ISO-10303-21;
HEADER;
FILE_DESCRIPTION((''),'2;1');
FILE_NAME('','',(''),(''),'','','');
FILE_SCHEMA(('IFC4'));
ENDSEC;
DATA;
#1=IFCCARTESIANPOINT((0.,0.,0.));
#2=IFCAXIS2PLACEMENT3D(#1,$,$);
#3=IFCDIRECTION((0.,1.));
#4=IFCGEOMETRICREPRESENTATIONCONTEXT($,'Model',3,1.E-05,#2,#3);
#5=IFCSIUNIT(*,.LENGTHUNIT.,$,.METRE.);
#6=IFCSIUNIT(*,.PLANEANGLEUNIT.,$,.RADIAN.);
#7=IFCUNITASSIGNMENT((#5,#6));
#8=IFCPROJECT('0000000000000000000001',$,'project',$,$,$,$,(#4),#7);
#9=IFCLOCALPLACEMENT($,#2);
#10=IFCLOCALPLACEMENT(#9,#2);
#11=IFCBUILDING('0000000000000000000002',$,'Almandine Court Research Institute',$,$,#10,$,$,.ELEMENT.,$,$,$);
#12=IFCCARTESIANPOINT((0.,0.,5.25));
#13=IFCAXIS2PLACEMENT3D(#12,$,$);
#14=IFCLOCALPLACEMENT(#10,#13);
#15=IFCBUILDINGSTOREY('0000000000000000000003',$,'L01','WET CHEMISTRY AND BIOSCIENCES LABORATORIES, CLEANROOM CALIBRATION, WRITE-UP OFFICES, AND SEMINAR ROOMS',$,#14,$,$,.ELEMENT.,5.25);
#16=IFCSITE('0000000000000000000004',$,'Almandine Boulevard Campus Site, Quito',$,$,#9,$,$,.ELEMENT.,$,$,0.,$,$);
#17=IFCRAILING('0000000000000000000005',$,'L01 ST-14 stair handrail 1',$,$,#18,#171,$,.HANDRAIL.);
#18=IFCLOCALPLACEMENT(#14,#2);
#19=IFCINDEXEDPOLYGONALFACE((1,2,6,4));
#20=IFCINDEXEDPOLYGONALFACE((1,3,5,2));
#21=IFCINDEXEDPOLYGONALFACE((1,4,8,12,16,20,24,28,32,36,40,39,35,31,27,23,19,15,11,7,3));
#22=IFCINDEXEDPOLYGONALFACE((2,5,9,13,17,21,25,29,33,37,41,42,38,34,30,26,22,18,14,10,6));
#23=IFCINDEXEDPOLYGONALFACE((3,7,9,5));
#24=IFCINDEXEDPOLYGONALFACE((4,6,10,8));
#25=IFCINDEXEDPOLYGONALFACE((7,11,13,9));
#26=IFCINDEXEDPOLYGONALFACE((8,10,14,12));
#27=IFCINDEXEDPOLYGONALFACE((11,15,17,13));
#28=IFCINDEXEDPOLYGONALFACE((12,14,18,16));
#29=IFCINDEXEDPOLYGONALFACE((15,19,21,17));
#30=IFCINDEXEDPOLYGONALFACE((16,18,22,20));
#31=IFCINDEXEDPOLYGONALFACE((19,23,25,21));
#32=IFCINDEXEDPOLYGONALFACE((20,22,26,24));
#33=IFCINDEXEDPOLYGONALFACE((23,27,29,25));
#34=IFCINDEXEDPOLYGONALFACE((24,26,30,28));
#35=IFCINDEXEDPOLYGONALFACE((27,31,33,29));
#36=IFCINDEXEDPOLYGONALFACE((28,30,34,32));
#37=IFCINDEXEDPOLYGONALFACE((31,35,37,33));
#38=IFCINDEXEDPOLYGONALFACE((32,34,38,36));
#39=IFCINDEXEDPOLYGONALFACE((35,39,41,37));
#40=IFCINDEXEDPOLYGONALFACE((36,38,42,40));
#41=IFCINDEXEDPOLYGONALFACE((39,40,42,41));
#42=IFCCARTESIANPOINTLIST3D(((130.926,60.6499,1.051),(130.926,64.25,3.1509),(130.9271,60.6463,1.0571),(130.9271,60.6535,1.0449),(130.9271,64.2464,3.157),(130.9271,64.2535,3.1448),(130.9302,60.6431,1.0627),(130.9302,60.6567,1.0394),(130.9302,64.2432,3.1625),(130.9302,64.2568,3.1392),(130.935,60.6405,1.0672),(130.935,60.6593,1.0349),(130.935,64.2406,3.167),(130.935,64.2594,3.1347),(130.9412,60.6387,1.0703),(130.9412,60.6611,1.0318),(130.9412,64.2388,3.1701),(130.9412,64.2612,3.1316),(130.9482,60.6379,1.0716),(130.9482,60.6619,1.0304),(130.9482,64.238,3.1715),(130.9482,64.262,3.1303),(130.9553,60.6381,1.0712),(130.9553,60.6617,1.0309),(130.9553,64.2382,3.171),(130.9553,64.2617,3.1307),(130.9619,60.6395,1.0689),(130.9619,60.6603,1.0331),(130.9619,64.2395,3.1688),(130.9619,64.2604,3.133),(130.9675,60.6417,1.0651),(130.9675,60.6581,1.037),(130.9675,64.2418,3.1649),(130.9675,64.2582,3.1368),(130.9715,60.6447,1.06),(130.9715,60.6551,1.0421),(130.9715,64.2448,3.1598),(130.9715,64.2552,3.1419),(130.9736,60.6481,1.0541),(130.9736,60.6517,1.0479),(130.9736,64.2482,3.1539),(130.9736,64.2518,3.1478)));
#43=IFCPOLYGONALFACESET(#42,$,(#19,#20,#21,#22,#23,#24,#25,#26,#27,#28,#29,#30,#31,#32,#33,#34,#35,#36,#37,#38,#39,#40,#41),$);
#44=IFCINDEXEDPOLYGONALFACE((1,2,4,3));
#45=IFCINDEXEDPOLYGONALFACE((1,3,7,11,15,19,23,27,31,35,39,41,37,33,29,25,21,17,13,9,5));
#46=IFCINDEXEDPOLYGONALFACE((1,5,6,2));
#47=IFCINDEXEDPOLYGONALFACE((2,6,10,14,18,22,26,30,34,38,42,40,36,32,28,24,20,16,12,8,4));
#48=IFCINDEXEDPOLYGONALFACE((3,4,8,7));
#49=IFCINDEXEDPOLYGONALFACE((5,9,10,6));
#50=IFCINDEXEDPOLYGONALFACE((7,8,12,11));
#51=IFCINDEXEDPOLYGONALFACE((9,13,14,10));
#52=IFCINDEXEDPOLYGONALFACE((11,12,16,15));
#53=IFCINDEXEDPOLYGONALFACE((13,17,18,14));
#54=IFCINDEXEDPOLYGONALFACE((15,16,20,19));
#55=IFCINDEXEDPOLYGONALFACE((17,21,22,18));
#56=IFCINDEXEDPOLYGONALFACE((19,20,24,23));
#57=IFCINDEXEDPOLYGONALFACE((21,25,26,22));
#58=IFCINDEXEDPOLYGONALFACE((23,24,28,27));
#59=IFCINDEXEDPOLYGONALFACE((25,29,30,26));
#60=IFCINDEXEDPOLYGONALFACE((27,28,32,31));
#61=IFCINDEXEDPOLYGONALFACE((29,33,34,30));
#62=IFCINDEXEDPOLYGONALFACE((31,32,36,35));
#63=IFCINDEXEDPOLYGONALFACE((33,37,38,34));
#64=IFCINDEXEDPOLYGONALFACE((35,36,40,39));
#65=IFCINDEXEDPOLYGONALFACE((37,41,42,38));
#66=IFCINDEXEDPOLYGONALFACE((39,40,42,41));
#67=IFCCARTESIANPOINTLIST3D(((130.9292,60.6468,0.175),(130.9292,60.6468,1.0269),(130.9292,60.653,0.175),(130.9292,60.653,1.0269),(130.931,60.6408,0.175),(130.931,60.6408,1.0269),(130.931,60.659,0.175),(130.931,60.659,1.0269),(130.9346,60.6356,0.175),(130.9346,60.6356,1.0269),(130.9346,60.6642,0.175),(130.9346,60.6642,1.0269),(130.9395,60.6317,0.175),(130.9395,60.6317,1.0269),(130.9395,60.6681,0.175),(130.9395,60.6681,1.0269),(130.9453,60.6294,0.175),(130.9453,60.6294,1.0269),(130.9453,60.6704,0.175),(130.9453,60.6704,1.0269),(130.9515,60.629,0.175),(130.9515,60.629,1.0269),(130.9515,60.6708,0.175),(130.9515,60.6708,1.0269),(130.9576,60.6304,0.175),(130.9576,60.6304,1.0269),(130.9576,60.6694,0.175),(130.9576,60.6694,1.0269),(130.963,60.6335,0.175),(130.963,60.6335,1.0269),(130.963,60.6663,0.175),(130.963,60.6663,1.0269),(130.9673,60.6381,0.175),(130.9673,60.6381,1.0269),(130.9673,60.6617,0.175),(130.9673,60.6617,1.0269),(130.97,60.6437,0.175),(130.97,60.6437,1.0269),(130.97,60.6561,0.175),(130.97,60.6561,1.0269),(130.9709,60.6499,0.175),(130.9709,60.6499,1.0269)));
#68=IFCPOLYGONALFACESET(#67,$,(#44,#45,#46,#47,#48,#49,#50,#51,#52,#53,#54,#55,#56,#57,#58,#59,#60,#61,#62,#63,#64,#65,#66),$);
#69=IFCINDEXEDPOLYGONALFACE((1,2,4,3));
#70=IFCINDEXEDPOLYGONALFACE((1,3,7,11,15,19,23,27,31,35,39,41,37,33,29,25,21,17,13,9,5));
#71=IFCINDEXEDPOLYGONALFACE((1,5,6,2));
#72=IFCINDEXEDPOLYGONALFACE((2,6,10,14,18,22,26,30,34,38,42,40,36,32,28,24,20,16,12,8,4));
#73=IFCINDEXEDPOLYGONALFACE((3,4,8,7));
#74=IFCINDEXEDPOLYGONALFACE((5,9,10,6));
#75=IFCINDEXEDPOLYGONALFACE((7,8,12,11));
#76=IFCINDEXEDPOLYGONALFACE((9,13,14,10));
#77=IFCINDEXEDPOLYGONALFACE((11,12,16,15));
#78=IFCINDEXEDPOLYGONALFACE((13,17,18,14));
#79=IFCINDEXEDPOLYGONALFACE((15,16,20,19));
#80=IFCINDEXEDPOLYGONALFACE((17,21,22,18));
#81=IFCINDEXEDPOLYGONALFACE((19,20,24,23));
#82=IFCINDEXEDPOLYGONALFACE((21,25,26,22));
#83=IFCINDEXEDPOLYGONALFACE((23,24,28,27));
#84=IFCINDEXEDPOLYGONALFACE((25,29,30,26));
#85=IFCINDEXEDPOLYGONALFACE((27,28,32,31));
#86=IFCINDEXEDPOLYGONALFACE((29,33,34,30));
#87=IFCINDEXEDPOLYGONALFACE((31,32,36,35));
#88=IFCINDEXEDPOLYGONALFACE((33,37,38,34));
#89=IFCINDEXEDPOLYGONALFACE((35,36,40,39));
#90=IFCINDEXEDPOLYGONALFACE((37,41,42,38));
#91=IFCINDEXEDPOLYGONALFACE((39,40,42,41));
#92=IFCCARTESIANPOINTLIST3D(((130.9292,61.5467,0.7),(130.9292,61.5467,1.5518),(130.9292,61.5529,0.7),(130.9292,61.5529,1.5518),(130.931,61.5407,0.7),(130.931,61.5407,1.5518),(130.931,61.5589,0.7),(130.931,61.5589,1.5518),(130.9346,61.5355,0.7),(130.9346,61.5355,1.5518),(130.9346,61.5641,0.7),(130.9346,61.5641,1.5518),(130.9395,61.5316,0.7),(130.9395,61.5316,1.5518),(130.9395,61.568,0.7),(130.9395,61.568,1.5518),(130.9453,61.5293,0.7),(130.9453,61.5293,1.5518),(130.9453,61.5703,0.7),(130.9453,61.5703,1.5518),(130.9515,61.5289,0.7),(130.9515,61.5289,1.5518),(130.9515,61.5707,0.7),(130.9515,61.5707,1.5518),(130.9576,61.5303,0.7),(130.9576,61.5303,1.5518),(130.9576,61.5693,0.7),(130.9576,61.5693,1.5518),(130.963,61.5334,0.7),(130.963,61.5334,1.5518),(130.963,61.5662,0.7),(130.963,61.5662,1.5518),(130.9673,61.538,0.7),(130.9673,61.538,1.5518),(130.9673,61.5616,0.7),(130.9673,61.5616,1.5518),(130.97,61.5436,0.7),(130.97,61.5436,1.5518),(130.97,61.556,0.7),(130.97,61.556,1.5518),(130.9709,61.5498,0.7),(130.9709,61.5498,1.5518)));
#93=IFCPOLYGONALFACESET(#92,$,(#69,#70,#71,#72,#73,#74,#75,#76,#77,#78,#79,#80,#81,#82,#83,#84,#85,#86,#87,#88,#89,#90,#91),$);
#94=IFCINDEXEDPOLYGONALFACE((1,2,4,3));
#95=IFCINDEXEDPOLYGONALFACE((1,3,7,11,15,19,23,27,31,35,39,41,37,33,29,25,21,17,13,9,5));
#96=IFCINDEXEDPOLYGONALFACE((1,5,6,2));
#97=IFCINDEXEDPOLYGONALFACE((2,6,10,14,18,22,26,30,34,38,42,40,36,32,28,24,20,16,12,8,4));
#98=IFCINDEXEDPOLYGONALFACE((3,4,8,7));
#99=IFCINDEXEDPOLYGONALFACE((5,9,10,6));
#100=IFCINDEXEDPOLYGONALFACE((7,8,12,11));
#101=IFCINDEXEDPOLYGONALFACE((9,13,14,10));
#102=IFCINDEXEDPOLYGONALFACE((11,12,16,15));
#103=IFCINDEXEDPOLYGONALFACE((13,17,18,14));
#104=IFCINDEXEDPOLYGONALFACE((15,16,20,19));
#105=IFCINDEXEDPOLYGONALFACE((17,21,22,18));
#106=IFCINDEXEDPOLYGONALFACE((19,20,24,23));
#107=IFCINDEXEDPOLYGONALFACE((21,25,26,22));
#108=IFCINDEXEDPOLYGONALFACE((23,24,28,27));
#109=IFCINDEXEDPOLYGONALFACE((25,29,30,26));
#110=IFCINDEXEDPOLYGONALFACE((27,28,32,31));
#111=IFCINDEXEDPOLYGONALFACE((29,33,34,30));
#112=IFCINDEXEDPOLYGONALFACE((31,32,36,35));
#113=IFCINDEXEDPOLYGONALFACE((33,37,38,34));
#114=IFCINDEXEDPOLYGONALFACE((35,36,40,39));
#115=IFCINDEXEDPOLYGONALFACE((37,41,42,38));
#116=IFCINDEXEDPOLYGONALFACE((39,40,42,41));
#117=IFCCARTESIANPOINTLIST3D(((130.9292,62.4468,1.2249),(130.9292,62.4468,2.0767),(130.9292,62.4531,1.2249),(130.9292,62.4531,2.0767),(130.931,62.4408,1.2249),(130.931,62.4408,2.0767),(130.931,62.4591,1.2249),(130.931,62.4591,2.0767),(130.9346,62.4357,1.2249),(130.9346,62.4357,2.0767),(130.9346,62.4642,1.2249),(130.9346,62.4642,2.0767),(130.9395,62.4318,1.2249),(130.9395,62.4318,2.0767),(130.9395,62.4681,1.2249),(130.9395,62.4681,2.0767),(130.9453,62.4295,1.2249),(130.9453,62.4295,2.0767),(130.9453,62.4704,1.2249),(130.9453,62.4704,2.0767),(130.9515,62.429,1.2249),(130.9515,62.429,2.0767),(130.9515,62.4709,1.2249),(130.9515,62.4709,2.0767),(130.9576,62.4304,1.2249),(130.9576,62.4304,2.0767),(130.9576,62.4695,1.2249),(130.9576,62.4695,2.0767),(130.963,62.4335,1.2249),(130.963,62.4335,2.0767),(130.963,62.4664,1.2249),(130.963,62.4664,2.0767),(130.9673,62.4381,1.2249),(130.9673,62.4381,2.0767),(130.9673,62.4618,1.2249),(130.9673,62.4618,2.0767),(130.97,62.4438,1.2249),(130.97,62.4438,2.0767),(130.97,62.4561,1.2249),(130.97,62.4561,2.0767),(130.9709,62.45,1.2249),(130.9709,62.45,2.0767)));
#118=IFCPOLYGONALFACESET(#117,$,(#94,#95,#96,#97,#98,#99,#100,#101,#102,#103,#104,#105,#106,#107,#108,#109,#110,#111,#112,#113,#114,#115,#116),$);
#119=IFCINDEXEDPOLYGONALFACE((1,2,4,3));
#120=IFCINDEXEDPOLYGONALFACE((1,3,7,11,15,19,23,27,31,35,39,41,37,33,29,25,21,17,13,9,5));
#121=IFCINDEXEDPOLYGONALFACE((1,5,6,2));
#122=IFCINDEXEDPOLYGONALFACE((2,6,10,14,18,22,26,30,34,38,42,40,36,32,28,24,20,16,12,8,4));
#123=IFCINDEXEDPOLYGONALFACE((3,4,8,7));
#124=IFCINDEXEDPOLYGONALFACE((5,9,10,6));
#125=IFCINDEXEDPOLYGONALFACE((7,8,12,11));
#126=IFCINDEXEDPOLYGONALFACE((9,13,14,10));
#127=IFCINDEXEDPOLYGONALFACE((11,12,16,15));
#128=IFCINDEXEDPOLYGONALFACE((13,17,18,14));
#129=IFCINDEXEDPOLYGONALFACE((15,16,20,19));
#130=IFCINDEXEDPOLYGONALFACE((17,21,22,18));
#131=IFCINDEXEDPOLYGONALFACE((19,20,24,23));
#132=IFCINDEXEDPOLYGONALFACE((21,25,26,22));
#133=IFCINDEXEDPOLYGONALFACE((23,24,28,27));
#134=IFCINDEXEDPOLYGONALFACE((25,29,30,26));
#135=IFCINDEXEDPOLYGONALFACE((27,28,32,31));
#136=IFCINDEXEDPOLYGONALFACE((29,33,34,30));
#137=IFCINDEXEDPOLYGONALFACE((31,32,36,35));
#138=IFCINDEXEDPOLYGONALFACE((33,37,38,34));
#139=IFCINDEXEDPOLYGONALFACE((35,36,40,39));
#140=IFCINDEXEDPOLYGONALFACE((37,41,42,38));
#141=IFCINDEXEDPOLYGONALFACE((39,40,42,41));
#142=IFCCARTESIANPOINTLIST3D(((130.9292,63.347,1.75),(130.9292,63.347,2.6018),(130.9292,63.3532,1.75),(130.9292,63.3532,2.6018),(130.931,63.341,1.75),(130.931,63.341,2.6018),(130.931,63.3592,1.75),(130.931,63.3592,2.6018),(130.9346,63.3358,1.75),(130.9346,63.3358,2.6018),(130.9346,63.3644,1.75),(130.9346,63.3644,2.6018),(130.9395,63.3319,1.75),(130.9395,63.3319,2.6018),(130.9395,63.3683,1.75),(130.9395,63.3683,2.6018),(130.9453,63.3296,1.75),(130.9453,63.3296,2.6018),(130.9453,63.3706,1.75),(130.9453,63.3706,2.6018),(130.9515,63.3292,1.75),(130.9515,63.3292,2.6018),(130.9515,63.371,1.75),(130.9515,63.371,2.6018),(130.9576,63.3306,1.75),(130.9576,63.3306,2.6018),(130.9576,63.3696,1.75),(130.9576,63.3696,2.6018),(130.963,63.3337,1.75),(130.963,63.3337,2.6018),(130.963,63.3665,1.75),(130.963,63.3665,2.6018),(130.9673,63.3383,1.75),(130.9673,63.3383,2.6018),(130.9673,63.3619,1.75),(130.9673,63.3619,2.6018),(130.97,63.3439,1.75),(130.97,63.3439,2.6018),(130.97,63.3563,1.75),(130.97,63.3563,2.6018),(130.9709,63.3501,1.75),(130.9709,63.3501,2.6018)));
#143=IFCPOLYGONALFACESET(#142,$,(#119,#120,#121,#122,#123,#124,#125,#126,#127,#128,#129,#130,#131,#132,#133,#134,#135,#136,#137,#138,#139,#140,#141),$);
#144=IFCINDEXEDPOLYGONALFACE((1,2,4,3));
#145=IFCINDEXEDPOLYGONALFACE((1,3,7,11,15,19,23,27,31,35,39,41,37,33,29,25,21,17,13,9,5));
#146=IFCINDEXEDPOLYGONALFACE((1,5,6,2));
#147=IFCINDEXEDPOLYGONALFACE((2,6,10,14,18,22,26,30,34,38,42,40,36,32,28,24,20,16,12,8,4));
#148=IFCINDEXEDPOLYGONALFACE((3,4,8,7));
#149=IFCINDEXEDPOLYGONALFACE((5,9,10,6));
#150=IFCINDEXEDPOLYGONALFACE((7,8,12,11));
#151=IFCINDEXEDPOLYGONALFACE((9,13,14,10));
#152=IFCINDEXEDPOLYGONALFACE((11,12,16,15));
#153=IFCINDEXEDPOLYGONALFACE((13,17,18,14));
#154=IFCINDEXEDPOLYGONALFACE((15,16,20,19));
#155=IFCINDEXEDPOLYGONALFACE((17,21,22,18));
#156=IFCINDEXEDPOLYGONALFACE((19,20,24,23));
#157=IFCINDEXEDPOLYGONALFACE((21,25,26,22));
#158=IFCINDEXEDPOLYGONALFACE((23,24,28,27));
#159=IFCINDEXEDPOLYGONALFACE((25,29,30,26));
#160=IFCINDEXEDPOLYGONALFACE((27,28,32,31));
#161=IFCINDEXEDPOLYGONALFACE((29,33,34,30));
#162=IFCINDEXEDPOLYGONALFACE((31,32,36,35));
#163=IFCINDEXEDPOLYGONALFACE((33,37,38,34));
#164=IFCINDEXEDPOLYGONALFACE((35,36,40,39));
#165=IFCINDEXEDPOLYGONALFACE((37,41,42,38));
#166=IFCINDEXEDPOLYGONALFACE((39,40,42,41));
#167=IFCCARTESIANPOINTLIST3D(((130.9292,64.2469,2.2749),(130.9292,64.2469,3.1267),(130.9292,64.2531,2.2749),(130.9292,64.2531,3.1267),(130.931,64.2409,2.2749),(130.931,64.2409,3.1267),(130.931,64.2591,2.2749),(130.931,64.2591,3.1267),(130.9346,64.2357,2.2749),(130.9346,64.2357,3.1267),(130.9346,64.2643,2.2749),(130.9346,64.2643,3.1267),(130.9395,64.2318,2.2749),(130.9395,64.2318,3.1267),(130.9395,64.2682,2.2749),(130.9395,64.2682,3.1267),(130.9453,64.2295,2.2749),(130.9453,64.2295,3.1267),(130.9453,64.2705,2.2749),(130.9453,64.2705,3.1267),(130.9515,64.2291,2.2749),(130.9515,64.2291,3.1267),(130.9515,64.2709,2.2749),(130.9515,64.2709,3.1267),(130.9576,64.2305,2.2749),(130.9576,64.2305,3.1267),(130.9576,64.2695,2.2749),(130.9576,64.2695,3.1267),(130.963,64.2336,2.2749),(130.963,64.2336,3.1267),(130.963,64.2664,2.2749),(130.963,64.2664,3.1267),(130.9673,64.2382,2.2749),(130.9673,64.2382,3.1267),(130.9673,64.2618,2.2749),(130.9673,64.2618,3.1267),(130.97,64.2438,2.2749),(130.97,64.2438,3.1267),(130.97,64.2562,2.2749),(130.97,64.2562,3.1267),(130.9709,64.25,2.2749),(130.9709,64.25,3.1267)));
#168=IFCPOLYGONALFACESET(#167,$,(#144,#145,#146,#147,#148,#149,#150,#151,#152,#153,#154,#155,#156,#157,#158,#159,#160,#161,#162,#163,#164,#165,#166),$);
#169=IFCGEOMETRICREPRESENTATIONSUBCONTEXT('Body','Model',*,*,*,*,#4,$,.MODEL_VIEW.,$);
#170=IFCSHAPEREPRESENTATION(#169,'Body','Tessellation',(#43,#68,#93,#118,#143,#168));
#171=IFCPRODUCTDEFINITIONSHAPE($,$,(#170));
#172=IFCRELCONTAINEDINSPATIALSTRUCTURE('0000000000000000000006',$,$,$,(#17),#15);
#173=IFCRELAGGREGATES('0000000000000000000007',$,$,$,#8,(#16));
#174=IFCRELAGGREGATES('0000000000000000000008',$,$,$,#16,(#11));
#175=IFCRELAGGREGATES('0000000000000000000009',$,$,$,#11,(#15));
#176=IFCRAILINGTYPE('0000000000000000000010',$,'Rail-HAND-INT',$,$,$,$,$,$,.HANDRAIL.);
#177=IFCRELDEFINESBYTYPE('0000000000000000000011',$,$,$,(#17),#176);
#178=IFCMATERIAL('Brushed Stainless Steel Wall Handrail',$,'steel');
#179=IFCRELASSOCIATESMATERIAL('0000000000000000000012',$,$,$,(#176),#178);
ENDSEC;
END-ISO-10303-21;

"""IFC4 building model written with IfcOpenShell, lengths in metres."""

from ifc_helpers import new_model, si_unit, direction, frame, origin, origin_2d, place, context, subcontext, project, spatial, circle, extrude, material, type_object, element, save


model = new_model("IFC4")

# Units and contexts
model_context = context("Model", 3, precision=1e-05, world=origin(), true_north=direction((0.0, 1.0)))
body_context = subcontext(model_context, "Body", "Model", "MODEL_VIEW")
ifc_project = project(units=[si_unit("LENGTHUNIT", "METRE"), si_unit("PLANEANGLEUNIT", "RADIAN")], contexts=[model_context])

# Site, building, storey
site_placement = place(None, origin())
site = spatial("IfcSite", under=ifc_project, at=site_placement, Name="Almandine Boulevard Campus Site, Quito", CompositionType="ELEMENT", RefElevation=0.0)
building_placement = place(site_placement, origin())
building = spatial("IfcBuilding", under=site, at=building_placement, Name="Almandine Court Research Institute", CompositionType="ELEMENT")
storey_placement = place(building_placement, frame((0.0, 0.0, 5.25)))
storey = spatial("IfcBuildingStorey", under=building, at=storey_placement, Name="L01", Description="WET CHEMISTRY AND BIOSCIENCES LABORATORIES, CLEANROOM CALIBRATION, WRITE-UP OFFICES, AND SEMINAR ROOMS", CompositionType="ELEMENT", Elevation=5.25)

# Railing
ifc_material_1 = material(Name="Brushed Stainless Steel Wall Handrail", Category="steel")
railing_type_1 = type_object("IfcRailingType", Name="Rail-HAND-INT", PredefinedType="HANDRAIL", material=ifc_material_1)
railing_1_placement = place(storey_placement, frame((130.95, 60.6499, 0.175)))
element("IfcRailing", 1, at=railing_1_placement, inside=storey, type_object=railing_type_1, Name="L01 ST-14 stair handrail 1", PredefinedType="HANDRAIL", context=body_context, shape_type="SweptSolid", body=[
    extrude(circle(Radius=0.0239, at=origin_2d()), frame((0.0, 0.0, 0.876), z_axis=(0.0, 0.8638, 0.503835), x_axis=(-1.0, 0.0, 0.0)), (0.0, 0.0, 1.0), 4.1677),
    extrude(circle(Radius=0.021, at=origin_2d()), origin(), (0.0, 0.0, 1.0), 0.8518),
    extrude(circle(Radius=0.021, at=origin_2d()), frame((0.0, 0.8999, 0.5249)), (0.0, 0.0, 1.0), 0.8518),
    extrude(circle(Radius=0.021, at=origin_2d()), frame((0.0, 1.8, 1.0498)), (0.0, 0.0, 1.0), 0.8518),
    extrude(circle(Radius=0.021, at=origin_2d()), frame((0.0, 2.7002, 1.575)), (0.0, 0.0, 1.0), 0.8518),
    extrude(circle(Radius=0.021, at=origin_2d()), frame((0.0, 3.6001, 2.0999)), (0.0, 0.0, 1.0), 0.8518),
])

save(model, "model.ifc")
